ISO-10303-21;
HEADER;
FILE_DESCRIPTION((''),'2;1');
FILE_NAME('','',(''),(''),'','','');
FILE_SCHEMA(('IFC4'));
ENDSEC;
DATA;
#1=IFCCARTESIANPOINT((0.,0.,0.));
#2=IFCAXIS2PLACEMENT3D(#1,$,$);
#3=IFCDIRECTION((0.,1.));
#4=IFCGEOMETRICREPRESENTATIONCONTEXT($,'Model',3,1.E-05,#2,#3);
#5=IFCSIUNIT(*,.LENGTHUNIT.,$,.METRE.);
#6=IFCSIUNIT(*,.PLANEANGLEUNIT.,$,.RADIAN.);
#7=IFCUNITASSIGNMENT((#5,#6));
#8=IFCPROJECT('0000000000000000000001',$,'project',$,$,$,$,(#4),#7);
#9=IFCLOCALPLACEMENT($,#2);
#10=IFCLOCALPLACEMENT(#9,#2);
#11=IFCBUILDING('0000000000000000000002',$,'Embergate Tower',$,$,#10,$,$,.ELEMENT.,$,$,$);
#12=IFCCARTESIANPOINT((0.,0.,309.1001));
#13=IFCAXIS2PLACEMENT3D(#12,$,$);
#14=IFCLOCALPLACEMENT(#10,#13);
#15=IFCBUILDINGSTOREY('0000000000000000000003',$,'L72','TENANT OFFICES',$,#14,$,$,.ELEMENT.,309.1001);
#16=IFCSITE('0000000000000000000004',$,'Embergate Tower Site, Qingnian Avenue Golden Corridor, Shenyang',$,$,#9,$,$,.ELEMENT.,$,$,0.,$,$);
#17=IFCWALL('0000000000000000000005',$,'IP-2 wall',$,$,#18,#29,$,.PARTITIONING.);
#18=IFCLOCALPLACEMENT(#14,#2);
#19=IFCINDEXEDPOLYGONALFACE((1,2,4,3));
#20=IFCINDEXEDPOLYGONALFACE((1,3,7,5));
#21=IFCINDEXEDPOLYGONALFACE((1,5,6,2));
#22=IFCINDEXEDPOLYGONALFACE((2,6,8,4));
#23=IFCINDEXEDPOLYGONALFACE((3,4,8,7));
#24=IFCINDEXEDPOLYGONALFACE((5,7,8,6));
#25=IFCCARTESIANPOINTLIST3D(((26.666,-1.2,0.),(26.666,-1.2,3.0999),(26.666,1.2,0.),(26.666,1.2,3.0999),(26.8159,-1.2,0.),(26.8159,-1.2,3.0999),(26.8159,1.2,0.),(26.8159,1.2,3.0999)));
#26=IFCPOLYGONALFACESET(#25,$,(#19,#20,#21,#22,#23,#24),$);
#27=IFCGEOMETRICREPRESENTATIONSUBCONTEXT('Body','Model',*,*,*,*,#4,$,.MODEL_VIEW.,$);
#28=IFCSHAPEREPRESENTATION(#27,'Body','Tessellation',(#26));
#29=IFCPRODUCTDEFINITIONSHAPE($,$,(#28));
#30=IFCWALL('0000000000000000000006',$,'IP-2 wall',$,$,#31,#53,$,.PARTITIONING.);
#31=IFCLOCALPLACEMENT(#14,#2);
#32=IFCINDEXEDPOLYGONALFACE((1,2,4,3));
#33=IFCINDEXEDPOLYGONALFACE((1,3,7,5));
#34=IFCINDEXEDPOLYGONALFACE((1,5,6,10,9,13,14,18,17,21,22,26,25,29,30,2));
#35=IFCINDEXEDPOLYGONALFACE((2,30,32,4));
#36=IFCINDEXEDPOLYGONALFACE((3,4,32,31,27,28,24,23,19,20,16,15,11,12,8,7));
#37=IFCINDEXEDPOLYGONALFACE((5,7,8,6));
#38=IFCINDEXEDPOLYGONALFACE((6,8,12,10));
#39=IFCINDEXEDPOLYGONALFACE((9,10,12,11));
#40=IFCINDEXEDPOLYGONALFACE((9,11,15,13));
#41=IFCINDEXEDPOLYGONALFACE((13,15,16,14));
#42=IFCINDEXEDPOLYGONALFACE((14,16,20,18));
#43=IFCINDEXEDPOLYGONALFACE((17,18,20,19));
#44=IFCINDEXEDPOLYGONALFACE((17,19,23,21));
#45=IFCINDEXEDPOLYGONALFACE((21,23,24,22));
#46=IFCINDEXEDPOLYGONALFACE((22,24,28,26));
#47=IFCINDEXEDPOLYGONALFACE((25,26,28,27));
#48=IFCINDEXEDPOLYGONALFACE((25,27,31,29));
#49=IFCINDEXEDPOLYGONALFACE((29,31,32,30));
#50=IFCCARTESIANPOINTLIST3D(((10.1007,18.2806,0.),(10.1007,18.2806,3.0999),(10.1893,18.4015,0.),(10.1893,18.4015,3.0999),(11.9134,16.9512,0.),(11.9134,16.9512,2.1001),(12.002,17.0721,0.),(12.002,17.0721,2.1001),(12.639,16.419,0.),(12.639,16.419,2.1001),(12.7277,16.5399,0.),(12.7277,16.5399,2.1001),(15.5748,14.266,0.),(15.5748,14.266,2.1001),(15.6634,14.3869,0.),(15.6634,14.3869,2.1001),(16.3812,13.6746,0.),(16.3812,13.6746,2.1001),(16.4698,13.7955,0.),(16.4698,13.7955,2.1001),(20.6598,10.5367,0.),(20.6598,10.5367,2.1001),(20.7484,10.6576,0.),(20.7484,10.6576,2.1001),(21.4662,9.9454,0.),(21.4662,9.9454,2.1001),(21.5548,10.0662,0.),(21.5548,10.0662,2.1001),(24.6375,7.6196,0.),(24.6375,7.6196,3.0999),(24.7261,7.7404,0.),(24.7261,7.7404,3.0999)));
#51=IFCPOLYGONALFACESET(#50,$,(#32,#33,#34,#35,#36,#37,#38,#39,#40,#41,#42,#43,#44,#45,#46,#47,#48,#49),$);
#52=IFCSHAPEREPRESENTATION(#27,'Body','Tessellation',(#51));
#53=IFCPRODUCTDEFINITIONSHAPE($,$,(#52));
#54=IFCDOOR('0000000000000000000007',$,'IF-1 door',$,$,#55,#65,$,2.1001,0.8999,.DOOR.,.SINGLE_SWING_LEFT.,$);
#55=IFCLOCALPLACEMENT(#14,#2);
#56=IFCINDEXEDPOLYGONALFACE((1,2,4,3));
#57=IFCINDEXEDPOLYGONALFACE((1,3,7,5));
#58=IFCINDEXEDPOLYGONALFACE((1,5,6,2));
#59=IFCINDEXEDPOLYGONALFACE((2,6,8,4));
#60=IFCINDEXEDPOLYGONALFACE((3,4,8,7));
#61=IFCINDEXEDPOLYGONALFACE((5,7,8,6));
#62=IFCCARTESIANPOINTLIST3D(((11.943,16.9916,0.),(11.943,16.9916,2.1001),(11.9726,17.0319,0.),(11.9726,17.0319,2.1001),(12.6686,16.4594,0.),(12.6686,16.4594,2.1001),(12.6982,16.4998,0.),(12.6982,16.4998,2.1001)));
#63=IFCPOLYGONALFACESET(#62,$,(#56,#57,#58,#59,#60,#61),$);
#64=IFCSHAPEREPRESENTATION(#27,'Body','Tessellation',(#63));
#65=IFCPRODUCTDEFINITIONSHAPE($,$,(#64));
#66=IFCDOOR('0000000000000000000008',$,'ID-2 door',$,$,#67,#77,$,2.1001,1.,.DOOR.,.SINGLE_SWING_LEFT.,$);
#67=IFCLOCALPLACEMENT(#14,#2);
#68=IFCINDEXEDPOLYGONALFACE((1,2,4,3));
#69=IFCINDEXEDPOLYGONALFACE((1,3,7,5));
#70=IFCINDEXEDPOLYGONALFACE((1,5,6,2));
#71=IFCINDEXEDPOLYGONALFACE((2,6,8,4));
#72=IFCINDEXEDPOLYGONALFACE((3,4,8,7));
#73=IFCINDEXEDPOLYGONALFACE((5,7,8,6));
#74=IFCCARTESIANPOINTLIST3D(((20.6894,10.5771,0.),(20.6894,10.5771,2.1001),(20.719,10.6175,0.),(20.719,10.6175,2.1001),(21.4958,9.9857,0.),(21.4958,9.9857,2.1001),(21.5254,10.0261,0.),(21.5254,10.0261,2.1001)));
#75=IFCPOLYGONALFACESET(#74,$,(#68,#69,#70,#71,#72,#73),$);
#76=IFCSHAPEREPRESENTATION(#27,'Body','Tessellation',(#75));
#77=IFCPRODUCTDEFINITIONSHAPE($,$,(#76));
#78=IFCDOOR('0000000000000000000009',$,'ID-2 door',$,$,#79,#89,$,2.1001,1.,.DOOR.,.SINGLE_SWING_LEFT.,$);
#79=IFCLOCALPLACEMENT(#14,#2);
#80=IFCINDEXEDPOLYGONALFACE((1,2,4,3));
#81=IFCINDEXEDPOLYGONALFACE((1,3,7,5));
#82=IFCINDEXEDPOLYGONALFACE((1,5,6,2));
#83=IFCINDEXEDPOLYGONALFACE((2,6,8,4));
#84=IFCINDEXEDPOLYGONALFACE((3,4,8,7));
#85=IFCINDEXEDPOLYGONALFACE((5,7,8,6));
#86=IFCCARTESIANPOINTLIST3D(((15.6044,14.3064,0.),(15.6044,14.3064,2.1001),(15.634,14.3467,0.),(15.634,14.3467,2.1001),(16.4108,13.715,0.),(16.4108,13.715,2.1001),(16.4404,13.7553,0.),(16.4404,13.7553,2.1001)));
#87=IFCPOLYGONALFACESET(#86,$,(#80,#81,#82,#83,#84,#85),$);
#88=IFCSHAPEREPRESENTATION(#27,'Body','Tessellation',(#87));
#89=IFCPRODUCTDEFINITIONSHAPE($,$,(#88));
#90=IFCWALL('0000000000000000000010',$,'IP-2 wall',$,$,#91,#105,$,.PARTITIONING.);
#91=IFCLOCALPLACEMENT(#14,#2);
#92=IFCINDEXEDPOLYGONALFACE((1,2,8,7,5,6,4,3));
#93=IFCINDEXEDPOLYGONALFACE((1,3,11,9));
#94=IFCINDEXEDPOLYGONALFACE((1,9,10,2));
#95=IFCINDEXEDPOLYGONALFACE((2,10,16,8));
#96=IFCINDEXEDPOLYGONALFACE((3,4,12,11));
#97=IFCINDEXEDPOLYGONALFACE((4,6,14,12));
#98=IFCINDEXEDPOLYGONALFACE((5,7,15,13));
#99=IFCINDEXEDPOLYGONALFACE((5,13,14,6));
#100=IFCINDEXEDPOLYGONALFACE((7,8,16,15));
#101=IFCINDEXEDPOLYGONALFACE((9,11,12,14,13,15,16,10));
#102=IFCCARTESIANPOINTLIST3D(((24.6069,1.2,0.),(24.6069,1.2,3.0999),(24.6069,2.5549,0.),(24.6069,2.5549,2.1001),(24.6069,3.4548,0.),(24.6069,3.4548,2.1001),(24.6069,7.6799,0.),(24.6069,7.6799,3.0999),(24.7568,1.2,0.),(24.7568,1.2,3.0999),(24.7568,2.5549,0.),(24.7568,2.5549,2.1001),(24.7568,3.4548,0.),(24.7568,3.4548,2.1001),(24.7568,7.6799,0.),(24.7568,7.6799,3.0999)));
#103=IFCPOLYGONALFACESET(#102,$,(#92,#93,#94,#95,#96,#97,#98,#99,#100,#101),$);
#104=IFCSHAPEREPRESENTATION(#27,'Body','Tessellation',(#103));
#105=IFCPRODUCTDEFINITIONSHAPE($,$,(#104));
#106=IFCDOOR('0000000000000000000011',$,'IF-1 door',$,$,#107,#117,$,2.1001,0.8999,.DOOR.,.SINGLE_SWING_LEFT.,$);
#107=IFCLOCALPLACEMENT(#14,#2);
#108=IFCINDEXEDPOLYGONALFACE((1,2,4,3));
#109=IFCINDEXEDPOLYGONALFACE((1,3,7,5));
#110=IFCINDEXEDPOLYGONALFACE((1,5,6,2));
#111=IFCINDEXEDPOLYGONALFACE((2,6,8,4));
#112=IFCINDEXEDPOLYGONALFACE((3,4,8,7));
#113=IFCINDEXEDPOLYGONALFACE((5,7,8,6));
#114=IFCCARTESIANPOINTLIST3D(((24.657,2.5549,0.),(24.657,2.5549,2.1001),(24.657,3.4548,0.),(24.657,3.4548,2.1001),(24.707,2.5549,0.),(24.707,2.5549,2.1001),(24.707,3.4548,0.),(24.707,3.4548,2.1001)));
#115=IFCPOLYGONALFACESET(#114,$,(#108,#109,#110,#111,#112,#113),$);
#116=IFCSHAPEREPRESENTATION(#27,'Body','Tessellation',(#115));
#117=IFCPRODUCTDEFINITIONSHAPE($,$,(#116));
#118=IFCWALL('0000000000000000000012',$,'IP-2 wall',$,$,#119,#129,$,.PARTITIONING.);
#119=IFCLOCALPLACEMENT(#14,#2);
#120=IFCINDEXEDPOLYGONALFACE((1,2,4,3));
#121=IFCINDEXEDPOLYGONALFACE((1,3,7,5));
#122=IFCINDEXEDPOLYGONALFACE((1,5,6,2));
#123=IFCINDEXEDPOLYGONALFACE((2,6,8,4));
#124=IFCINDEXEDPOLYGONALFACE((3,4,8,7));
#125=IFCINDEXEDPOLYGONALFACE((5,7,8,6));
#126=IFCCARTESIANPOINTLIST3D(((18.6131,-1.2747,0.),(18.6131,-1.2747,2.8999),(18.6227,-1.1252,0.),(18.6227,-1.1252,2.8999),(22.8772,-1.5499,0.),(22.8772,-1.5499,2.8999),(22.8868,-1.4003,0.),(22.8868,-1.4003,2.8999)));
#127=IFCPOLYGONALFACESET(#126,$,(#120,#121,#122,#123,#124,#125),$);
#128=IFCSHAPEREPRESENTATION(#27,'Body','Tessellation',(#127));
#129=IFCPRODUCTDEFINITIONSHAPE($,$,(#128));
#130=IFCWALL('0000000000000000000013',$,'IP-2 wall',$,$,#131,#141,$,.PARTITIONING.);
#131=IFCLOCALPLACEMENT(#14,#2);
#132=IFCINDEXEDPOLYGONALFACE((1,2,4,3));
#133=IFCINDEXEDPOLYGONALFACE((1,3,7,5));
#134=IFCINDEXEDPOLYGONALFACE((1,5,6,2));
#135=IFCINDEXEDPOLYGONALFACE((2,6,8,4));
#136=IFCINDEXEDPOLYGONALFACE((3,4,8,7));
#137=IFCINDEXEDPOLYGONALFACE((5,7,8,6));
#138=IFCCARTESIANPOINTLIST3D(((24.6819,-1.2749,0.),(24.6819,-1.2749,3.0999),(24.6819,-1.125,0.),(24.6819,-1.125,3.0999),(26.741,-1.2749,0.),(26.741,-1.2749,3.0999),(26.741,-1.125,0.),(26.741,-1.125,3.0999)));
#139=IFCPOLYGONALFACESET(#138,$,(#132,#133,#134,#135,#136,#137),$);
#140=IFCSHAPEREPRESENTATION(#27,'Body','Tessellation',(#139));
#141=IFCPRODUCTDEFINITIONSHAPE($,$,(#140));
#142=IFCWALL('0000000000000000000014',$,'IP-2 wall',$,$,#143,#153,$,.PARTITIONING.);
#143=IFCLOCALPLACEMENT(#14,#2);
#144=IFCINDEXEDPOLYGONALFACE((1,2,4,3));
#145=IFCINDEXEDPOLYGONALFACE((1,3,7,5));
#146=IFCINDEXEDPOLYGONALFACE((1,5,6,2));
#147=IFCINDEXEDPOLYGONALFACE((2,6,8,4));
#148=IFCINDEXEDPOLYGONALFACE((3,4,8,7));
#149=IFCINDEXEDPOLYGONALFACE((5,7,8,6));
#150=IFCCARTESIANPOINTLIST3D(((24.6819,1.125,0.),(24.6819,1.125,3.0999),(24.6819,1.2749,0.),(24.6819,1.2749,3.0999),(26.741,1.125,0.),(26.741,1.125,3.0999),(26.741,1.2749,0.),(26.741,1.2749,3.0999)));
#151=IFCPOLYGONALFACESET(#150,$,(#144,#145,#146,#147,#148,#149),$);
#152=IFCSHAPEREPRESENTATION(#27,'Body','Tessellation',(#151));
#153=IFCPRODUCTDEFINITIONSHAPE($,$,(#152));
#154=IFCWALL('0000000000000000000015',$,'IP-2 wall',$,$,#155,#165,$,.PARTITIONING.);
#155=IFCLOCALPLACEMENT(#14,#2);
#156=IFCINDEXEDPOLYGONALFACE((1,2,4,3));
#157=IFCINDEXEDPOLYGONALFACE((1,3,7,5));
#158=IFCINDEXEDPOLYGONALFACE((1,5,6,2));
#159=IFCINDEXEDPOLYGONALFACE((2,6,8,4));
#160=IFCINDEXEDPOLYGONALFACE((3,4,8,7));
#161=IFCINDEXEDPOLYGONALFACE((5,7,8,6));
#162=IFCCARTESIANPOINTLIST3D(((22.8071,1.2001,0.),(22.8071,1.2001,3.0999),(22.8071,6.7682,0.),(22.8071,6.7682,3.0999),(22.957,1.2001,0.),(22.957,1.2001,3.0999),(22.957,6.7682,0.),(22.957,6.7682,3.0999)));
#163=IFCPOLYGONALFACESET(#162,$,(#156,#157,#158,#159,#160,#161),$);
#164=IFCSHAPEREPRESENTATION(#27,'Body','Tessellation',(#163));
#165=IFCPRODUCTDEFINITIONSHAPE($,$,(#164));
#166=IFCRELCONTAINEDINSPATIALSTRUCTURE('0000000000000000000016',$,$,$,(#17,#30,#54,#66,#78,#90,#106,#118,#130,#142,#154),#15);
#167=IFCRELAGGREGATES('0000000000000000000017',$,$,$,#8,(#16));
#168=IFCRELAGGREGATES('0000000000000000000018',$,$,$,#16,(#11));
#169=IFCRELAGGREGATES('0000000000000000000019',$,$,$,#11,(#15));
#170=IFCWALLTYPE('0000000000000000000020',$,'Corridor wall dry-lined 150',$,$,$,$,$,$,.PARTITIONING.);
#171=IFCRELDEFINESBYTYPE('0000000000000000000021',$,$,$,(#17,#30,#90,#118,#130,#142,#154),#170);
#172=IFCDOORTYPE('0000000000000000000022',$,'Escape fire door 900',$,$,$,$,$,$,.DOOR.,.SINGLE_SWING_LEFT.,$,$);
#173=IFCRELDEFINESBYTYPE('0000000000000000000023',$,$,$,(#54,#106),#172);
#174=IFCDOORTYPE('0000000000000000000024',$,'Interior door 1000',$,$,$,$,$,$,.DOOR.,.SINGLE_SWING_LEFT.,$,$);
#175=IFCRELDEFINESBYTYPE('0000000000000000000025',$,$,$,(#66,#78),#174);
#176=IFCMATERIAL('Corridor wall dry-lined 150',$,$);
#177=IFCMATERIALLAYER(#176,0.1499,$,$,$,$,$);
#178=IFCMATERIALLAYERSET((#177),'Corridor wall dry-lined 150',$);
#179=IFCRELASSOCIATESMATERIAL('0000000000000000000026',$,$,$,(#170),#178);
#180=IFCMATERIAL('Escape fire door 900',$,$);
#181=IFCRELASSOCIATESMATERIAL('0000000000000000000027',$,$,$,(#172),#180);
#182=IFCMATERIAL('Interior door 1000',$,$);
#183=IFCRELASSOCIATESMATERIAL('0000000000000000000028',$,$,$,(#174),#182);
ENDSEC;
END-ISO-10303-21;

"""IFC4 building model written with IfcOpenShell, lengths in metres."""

from ifc_helpers import new_model, si_unit, direction, frame, frame_2d, origin, place, context, subcontext, project, spatial, rectangle, extrude, source, transform, mapped, material, layer, layer_set, type_object, element, fill, save


model = new_model("IFC4")

# Units and contexts
model_context = context("Model", 3, precision=1e-05, world=origin(), true_north=direction((0.0, 1.0)))
body_context = subcontext(model_context, "Body", "Model", "MODEL_VIEW")
ifc_project = project(units=[si_unit("LENGTHUNIT", "METRE"), si_unit("PLANEANGLEUNIT", "RADIAN")], contexts=[model_context])

# Site, building, storey
site_placement = place(None, origin())
site = spatial("IfcSite", under=ifc_project, at=site_placement, Name="Embergate Tower Site, Qingnian Avenue Golden Corridor, Shenyang", CompositionType="ELEMENT", RefElevation=0.0)
building_placement = place(site_placement, origin())
building = spatial("IfcBuilding", under=site, at=building_placement, Name="Embergate Tower", CompositionType="ELEMENT")
storey_placement = place(building_placement, frame((0.0, 0.0, 309.1001)))
storey = spatial("IfcBuildingStorey", under=building, at=storey_placement, Name="L72", Description="TENANT OFFICES", CompositionType="ELEMENT", Elevation=309.1001)

# Wall
ifc_material_1 = material(Name="Corridor wall dry-lined 150")
ifc_layer_1 = layer(ifc_material_1, 0.1499)
ifc_layer_set_1 = layer_set([ifc_layer_1], Name="Corridor wall dry-lined 150")
wall_type_1 = type_object("IfcWallType", Name="Corridor wall dry-lined 150", PredefinedType="PARTITIONING", material=ifc_layer_set_1)
shared_shape_1 = source(origin(), body_context, "Body", "SweptSolid", [
    extrude(rectangle(XDim=2.3999, YDim=0.1499, at=frame_2d((1.2, 0.0))), origin(), (0.0, 0.0, 1.0), 3.0999),
])
wall_1_placement = place(storey_placement, frame((26.741, -1.2, 0.0), z_axis=(0.0, 0.0, 1.0), x_axis=(0.0, 1.0, 0.0)))
element("IfcWall", 1, at=wall_1_placement, inside=storey, type_object=wall_type_1, Name="IP-2 wall", PredefinedType="PARTITIONING", context=body_context, shape_type="MappedRepresentation", body=[
    mapped(shared_shape_1, transform((0.0, 0.0, 0.0))),
])

# Wall, openings, doors
shared_shape_2 = source(origin(), body_context, "Body", "SweptSolid", [
    extrude(rectangle(XDim=18.0271, YDim=0.1499, at=frame_2d((9.0137, 0.0))), origin(), (0.0, 0.0, 1.0), 3.0999),
])
wall_2_placement = place(storey_placement, frame((24.6819, 7.6799, 0.0), z_axis=(0.0, 0.0, 1.0), x_axis=(-0.806385, 0.591391, 0.0)))
wall_2 = element("IfcWall", 2, at=wall_2_placement, inside=storey, type_object=wall_type_1, Name="IP-2 wall", PredefinedType="PARTITIONING", context=body_context, shape_type="MappedRepresentation", body=[
    mapped(shared_shape_2, transform((0.0, 0.0, 0.0))),
])
shared_shape_3 = source(origin(), body_context, "Body", "SweptSolid", [
    extrude(rectangle(XDim=1.0, YDim=2.1001, at=frame_2d((0.5, 1.05))), frame((0.0, 0.085, 0.0), z_axis=(0.0, -1.0, 0.0), x_axis=(1.0, 0.0, 0.0)), (0.0, 0.0, 1.0), 0.1699),
])
opening_1_placement = place(wall_2_placement, frame((3.9329, 0.0, 0.0)))
opening_1 = element("IfcOpeningElement", 3, at=opening_1_placement, cuts=wall_2, PredefinedType="OPENING", context=body_context, shape_type="MappedRepresentation", body=[
    mapped(shared_shape_3, transform((0.0, 0.0, 0.0))),
])
opening_2_placement = place(wall_2_placement, frame((10.2388, 0.0, 0.0)))
opening_2 = element("IfcOpeningElement", 4, at=opening_2_placement, cuts=wall_2, PredefinedType="OPENING", context=body_context, shape_type="MappedRepresentation", body=[
    mapped(shared_shape_3, transform((0.0, 0.0, 0.0))),
])
shared_shape_4 = source(origin(), body_context, "Body", "SweptSolid", [
    extrude(rectangle(XDim=0.8999, YDim=2.1001, at=frame_2d((0.45, 1.05))), frame((0.0, 0.085, 0.0), z_axis=(0.0, -1.0, 0.0), x_axis=(1.0, 0.0, 0.0)), (0.0, 0.0, 1.0), 0.1699),
])
opening_3_placement = place(wall_2_placement, frame((14.8794, 0.0, 0.0)))
opening_3 = element("IfcOpeningElement", 5, at=opening_3_placement, cuts=wall_2, PredefinedType="OPENING", context=body_context, shape_type="MappedRepresentation", body=[
    mapped(shared_shape_4, transform((0.0, 0.0, 0.0))),
])
ifc_material_2 = material(Name="Escape fire door 900")
door_type_1 = type_object("IfcDoorType", Name="Escape fire door 900", OperationType="SINGLE_SWING_LEFT", PredefinedType="DOOR", material=ifc_material_2)
shared_shape_5 = source(origin(), body_context, "Body", "SweptSolid", [
    extrude(rectangle(XDim=0.8999, YDim=2.1001, at=frame_2d((0.45, 1.05))), frame((0.0, 0.0249, 0.0), z_axis=(0.0, -1.0, 0.0), x_axis=(1.0, 0.0, 0.0)), (0.0, 0.0, 1.0), 0.05),
])
door_1_placement = place(opening_3_placement, origin())
door_1 = element("IfcDoor", 6, at=door_1_placement, inside=storey, type_object=door_type_1, Name="IF-1 door", OperationType="SINGLE_SWING_LEFT", OverallHeight=2.1001, OverallWidth=0.8999, PredefinedType="DOOR", context=body_context, shape_type="MappedRepresentation", body=[
    mapped(shared_shape_5, transform((0.0, 0.0, 0.0))),
])
fill(opening_3, door_1)
ifc_material_3 = material(Name="Interior door 1000")
door_type_2 = type_object("IfcDoorType", Name="Interior door 1000", OperationType="SINGLE_SWING_LEFT", PredefinedType="DOOR", material=ifc_material_3)
shared_shape_6 = source(origin(), body_context, "Body", "SweptSolid", [
    extrude(rectangle(XDim=1.0, YDim=2.1001, at=frame_2d((0.5, 1.05))), frame((0.0, 0.0249, 0.0), z_axis=(0.0, -1.0, 0.0), x_axis=(1.0, 0.0, 0.0)), (0.0, 0.0, 1.0), 0.05),
])
door_2_placement = place(opening_1_placement, origin())
door_2 = element("IfcDoor", 7, at=door_2_placement, inside=storey, type_object=door_type_2, Name="ID-2 door", OperationType="SINGLE_SWING_LEFT", OverallHeight=2.1001, OverallWidth=1.0, PredefinedType="DOOR", context=body_context, shape_type="MappedRepresentation", body=[
    mapped(shared_shape_6, transform((0.0, 0.0, 0.0))),
])
fill(opening_1, door_2)
door_3_placement = place(opening_2_placement, origin())
door_3 = element("IfcDoor", 8, at=door_3_placement, inside=storey, type_object=door_type_2, Name="ID-2 door", OperationType="SINGLE_SWING_LEFT", OverallHeight=2.1001, OverallWidth=1.0, PredefinedType="DOOR", context=body_context, shape_type="MappedRepresentation", body=[
    mapped(shared_shape_6, transform((0.0, 0.0, 0.0))),
])
fill(opening_2, door_3)

# Wall, opening, door
shared_shape_7 = source(origin(), body_context, "Body", "SweptSolid", [
    extrude(rectangle(XDim=6.48, YDim=0.1499, at=frame_2d((3.24, 0.0))), origin(), (0.0, 0.0, 1.0), 3.0999),
])
wall_3_placement = place(storey_placement, frame((24.6819, 1.2, 0.0), z_axis=(0.0, 0.0, 1.0), x_axis=(0.0, 1.0, 0.0)))
wall_3 = element("IfcWall", 9, at=wall_3_placement, inside=storey, type_object=wall_type_1, Name="IP-2 wall", PredefinedType="PARTITIONING", context=body_context, shape_type="MappedRepresentation", body=[
    mapped(shared_shape_7, transform((0.0, 0.0, 0.0))),
])
opening_4_placement = place(wall_3_placement, frame((1.355, 0.0, 0.0)))
opening_4 = element("IfcOpeningElement", 10, at=opening_4_placement, cuts=wall_3, PredefinedType="OPENING", context=body_context, shape_type="MappedRepresentation", body=[
    mapped(shared_shape_4, transform((0.0, 0.0, 0.0))),
])
door_4_placement = place(opening_4_placement, origin())
door_4 = element("IfcDoor", 11, at=door_4_placement, inside=storey, type_object=door_type_1, Name="IF-1 door", OperationType="SINGLE_SWING_LEFT", OverallHeight=2.1001, OverallWidth=0.8999, PredefinedType="DOOR", context=body_context, shape_type="MappedRepresentation", body=[
    mapped(shared_shape_5, transform((0.0, 0.0, 0.0))),
])
fill(opening_4, door_4)

# Walls
shared_shape_8 = source(origin(), body_context, "Body", "SweptSolid", [
    extrude(rectangle(XDim=4.2729, YDim=0.1499, at=frame_2d((2.1365, 0.0))), origin(), (0.0, 0.0, 1.0), 2.8999),
])
wall_4_placement = place(storey_placement, frame((18.6179, -1.2, 0.0), z_axis=(0.0, 0.0, 1.0), x_axis=(0.997925, -0.064391, 0.0)))
element("IfcWall", 12, at=wall_4_placement, inside=storey, type_object=wall_type_1, Name="IP-2 wall", PredefinedType="PARTITIONING", context=body_context, shape_type="MappedRepresentation", body=[
    mapped(shared_shape_8, transform((0.0, 0.0, 0.0))),
])
shared_shape_9 = source(origin(), body_context, "Body", "SweptSolid", [
    extrude(rectangle(XDim=2.0591, YDim=0.1499, at=frame_2d((1.0295, 0.0))), origin(), (0.0, 0.0, 1.0), 3.0999),
])
for number, where, z_axis, x_axis, name in (
    (13, (24.6819, -1.2, 0.0), (0.0, 0.0, 1.0), (1.0, 0.0, 0.0), "IP-2 wall"),
    (14, (26.741, 1.2, 0.0), (0.0, 0.0, 1.0), (-1.0, 0.0, 0.0), "IP-2 wall"),
):
    element("IfcWall", number, at=place(storey_placement, frame(where, z_axis=z_axis, x_axis=x_axis)), inside=storey, type_object=wall_type_1, Name=name, PredefinedType="PARTITIONING", context=body_context, shape_type="MappedRepresentation", body=[
        mapped(shared_shape_9, transform((0.0, 0.0, 0.0))),
    ])
shared_shape_10 = source(origin(), body_context, "Body", "SweptSolid", [
    extrude(rectangle(XDim=5.5681, YDim=0.1499, at=frame_2d((2.7842, 0.0))), origin(), (0.0, 0.0, 1.0), 3.0999),
])
wall_5_placement = place(storey_placement, frame((22.8821, 1.2, 0.0), z_axis=(0.0, 0.0, 1.0), x_axis=(0.0, 1.0, 0.0)))
element("IfcWall", 15, at=wall_5_placement, inside=storey, type_object=wall_type_1, Name="IP-2 wall", PredefinedType="PARTITIONING", context=body_context, shape_type="MappedRepresentation", body=[
    mapped(shared_shape_10, transform((0.0, 0.0, 0.0))),
])

save(model, "model.ifc")
